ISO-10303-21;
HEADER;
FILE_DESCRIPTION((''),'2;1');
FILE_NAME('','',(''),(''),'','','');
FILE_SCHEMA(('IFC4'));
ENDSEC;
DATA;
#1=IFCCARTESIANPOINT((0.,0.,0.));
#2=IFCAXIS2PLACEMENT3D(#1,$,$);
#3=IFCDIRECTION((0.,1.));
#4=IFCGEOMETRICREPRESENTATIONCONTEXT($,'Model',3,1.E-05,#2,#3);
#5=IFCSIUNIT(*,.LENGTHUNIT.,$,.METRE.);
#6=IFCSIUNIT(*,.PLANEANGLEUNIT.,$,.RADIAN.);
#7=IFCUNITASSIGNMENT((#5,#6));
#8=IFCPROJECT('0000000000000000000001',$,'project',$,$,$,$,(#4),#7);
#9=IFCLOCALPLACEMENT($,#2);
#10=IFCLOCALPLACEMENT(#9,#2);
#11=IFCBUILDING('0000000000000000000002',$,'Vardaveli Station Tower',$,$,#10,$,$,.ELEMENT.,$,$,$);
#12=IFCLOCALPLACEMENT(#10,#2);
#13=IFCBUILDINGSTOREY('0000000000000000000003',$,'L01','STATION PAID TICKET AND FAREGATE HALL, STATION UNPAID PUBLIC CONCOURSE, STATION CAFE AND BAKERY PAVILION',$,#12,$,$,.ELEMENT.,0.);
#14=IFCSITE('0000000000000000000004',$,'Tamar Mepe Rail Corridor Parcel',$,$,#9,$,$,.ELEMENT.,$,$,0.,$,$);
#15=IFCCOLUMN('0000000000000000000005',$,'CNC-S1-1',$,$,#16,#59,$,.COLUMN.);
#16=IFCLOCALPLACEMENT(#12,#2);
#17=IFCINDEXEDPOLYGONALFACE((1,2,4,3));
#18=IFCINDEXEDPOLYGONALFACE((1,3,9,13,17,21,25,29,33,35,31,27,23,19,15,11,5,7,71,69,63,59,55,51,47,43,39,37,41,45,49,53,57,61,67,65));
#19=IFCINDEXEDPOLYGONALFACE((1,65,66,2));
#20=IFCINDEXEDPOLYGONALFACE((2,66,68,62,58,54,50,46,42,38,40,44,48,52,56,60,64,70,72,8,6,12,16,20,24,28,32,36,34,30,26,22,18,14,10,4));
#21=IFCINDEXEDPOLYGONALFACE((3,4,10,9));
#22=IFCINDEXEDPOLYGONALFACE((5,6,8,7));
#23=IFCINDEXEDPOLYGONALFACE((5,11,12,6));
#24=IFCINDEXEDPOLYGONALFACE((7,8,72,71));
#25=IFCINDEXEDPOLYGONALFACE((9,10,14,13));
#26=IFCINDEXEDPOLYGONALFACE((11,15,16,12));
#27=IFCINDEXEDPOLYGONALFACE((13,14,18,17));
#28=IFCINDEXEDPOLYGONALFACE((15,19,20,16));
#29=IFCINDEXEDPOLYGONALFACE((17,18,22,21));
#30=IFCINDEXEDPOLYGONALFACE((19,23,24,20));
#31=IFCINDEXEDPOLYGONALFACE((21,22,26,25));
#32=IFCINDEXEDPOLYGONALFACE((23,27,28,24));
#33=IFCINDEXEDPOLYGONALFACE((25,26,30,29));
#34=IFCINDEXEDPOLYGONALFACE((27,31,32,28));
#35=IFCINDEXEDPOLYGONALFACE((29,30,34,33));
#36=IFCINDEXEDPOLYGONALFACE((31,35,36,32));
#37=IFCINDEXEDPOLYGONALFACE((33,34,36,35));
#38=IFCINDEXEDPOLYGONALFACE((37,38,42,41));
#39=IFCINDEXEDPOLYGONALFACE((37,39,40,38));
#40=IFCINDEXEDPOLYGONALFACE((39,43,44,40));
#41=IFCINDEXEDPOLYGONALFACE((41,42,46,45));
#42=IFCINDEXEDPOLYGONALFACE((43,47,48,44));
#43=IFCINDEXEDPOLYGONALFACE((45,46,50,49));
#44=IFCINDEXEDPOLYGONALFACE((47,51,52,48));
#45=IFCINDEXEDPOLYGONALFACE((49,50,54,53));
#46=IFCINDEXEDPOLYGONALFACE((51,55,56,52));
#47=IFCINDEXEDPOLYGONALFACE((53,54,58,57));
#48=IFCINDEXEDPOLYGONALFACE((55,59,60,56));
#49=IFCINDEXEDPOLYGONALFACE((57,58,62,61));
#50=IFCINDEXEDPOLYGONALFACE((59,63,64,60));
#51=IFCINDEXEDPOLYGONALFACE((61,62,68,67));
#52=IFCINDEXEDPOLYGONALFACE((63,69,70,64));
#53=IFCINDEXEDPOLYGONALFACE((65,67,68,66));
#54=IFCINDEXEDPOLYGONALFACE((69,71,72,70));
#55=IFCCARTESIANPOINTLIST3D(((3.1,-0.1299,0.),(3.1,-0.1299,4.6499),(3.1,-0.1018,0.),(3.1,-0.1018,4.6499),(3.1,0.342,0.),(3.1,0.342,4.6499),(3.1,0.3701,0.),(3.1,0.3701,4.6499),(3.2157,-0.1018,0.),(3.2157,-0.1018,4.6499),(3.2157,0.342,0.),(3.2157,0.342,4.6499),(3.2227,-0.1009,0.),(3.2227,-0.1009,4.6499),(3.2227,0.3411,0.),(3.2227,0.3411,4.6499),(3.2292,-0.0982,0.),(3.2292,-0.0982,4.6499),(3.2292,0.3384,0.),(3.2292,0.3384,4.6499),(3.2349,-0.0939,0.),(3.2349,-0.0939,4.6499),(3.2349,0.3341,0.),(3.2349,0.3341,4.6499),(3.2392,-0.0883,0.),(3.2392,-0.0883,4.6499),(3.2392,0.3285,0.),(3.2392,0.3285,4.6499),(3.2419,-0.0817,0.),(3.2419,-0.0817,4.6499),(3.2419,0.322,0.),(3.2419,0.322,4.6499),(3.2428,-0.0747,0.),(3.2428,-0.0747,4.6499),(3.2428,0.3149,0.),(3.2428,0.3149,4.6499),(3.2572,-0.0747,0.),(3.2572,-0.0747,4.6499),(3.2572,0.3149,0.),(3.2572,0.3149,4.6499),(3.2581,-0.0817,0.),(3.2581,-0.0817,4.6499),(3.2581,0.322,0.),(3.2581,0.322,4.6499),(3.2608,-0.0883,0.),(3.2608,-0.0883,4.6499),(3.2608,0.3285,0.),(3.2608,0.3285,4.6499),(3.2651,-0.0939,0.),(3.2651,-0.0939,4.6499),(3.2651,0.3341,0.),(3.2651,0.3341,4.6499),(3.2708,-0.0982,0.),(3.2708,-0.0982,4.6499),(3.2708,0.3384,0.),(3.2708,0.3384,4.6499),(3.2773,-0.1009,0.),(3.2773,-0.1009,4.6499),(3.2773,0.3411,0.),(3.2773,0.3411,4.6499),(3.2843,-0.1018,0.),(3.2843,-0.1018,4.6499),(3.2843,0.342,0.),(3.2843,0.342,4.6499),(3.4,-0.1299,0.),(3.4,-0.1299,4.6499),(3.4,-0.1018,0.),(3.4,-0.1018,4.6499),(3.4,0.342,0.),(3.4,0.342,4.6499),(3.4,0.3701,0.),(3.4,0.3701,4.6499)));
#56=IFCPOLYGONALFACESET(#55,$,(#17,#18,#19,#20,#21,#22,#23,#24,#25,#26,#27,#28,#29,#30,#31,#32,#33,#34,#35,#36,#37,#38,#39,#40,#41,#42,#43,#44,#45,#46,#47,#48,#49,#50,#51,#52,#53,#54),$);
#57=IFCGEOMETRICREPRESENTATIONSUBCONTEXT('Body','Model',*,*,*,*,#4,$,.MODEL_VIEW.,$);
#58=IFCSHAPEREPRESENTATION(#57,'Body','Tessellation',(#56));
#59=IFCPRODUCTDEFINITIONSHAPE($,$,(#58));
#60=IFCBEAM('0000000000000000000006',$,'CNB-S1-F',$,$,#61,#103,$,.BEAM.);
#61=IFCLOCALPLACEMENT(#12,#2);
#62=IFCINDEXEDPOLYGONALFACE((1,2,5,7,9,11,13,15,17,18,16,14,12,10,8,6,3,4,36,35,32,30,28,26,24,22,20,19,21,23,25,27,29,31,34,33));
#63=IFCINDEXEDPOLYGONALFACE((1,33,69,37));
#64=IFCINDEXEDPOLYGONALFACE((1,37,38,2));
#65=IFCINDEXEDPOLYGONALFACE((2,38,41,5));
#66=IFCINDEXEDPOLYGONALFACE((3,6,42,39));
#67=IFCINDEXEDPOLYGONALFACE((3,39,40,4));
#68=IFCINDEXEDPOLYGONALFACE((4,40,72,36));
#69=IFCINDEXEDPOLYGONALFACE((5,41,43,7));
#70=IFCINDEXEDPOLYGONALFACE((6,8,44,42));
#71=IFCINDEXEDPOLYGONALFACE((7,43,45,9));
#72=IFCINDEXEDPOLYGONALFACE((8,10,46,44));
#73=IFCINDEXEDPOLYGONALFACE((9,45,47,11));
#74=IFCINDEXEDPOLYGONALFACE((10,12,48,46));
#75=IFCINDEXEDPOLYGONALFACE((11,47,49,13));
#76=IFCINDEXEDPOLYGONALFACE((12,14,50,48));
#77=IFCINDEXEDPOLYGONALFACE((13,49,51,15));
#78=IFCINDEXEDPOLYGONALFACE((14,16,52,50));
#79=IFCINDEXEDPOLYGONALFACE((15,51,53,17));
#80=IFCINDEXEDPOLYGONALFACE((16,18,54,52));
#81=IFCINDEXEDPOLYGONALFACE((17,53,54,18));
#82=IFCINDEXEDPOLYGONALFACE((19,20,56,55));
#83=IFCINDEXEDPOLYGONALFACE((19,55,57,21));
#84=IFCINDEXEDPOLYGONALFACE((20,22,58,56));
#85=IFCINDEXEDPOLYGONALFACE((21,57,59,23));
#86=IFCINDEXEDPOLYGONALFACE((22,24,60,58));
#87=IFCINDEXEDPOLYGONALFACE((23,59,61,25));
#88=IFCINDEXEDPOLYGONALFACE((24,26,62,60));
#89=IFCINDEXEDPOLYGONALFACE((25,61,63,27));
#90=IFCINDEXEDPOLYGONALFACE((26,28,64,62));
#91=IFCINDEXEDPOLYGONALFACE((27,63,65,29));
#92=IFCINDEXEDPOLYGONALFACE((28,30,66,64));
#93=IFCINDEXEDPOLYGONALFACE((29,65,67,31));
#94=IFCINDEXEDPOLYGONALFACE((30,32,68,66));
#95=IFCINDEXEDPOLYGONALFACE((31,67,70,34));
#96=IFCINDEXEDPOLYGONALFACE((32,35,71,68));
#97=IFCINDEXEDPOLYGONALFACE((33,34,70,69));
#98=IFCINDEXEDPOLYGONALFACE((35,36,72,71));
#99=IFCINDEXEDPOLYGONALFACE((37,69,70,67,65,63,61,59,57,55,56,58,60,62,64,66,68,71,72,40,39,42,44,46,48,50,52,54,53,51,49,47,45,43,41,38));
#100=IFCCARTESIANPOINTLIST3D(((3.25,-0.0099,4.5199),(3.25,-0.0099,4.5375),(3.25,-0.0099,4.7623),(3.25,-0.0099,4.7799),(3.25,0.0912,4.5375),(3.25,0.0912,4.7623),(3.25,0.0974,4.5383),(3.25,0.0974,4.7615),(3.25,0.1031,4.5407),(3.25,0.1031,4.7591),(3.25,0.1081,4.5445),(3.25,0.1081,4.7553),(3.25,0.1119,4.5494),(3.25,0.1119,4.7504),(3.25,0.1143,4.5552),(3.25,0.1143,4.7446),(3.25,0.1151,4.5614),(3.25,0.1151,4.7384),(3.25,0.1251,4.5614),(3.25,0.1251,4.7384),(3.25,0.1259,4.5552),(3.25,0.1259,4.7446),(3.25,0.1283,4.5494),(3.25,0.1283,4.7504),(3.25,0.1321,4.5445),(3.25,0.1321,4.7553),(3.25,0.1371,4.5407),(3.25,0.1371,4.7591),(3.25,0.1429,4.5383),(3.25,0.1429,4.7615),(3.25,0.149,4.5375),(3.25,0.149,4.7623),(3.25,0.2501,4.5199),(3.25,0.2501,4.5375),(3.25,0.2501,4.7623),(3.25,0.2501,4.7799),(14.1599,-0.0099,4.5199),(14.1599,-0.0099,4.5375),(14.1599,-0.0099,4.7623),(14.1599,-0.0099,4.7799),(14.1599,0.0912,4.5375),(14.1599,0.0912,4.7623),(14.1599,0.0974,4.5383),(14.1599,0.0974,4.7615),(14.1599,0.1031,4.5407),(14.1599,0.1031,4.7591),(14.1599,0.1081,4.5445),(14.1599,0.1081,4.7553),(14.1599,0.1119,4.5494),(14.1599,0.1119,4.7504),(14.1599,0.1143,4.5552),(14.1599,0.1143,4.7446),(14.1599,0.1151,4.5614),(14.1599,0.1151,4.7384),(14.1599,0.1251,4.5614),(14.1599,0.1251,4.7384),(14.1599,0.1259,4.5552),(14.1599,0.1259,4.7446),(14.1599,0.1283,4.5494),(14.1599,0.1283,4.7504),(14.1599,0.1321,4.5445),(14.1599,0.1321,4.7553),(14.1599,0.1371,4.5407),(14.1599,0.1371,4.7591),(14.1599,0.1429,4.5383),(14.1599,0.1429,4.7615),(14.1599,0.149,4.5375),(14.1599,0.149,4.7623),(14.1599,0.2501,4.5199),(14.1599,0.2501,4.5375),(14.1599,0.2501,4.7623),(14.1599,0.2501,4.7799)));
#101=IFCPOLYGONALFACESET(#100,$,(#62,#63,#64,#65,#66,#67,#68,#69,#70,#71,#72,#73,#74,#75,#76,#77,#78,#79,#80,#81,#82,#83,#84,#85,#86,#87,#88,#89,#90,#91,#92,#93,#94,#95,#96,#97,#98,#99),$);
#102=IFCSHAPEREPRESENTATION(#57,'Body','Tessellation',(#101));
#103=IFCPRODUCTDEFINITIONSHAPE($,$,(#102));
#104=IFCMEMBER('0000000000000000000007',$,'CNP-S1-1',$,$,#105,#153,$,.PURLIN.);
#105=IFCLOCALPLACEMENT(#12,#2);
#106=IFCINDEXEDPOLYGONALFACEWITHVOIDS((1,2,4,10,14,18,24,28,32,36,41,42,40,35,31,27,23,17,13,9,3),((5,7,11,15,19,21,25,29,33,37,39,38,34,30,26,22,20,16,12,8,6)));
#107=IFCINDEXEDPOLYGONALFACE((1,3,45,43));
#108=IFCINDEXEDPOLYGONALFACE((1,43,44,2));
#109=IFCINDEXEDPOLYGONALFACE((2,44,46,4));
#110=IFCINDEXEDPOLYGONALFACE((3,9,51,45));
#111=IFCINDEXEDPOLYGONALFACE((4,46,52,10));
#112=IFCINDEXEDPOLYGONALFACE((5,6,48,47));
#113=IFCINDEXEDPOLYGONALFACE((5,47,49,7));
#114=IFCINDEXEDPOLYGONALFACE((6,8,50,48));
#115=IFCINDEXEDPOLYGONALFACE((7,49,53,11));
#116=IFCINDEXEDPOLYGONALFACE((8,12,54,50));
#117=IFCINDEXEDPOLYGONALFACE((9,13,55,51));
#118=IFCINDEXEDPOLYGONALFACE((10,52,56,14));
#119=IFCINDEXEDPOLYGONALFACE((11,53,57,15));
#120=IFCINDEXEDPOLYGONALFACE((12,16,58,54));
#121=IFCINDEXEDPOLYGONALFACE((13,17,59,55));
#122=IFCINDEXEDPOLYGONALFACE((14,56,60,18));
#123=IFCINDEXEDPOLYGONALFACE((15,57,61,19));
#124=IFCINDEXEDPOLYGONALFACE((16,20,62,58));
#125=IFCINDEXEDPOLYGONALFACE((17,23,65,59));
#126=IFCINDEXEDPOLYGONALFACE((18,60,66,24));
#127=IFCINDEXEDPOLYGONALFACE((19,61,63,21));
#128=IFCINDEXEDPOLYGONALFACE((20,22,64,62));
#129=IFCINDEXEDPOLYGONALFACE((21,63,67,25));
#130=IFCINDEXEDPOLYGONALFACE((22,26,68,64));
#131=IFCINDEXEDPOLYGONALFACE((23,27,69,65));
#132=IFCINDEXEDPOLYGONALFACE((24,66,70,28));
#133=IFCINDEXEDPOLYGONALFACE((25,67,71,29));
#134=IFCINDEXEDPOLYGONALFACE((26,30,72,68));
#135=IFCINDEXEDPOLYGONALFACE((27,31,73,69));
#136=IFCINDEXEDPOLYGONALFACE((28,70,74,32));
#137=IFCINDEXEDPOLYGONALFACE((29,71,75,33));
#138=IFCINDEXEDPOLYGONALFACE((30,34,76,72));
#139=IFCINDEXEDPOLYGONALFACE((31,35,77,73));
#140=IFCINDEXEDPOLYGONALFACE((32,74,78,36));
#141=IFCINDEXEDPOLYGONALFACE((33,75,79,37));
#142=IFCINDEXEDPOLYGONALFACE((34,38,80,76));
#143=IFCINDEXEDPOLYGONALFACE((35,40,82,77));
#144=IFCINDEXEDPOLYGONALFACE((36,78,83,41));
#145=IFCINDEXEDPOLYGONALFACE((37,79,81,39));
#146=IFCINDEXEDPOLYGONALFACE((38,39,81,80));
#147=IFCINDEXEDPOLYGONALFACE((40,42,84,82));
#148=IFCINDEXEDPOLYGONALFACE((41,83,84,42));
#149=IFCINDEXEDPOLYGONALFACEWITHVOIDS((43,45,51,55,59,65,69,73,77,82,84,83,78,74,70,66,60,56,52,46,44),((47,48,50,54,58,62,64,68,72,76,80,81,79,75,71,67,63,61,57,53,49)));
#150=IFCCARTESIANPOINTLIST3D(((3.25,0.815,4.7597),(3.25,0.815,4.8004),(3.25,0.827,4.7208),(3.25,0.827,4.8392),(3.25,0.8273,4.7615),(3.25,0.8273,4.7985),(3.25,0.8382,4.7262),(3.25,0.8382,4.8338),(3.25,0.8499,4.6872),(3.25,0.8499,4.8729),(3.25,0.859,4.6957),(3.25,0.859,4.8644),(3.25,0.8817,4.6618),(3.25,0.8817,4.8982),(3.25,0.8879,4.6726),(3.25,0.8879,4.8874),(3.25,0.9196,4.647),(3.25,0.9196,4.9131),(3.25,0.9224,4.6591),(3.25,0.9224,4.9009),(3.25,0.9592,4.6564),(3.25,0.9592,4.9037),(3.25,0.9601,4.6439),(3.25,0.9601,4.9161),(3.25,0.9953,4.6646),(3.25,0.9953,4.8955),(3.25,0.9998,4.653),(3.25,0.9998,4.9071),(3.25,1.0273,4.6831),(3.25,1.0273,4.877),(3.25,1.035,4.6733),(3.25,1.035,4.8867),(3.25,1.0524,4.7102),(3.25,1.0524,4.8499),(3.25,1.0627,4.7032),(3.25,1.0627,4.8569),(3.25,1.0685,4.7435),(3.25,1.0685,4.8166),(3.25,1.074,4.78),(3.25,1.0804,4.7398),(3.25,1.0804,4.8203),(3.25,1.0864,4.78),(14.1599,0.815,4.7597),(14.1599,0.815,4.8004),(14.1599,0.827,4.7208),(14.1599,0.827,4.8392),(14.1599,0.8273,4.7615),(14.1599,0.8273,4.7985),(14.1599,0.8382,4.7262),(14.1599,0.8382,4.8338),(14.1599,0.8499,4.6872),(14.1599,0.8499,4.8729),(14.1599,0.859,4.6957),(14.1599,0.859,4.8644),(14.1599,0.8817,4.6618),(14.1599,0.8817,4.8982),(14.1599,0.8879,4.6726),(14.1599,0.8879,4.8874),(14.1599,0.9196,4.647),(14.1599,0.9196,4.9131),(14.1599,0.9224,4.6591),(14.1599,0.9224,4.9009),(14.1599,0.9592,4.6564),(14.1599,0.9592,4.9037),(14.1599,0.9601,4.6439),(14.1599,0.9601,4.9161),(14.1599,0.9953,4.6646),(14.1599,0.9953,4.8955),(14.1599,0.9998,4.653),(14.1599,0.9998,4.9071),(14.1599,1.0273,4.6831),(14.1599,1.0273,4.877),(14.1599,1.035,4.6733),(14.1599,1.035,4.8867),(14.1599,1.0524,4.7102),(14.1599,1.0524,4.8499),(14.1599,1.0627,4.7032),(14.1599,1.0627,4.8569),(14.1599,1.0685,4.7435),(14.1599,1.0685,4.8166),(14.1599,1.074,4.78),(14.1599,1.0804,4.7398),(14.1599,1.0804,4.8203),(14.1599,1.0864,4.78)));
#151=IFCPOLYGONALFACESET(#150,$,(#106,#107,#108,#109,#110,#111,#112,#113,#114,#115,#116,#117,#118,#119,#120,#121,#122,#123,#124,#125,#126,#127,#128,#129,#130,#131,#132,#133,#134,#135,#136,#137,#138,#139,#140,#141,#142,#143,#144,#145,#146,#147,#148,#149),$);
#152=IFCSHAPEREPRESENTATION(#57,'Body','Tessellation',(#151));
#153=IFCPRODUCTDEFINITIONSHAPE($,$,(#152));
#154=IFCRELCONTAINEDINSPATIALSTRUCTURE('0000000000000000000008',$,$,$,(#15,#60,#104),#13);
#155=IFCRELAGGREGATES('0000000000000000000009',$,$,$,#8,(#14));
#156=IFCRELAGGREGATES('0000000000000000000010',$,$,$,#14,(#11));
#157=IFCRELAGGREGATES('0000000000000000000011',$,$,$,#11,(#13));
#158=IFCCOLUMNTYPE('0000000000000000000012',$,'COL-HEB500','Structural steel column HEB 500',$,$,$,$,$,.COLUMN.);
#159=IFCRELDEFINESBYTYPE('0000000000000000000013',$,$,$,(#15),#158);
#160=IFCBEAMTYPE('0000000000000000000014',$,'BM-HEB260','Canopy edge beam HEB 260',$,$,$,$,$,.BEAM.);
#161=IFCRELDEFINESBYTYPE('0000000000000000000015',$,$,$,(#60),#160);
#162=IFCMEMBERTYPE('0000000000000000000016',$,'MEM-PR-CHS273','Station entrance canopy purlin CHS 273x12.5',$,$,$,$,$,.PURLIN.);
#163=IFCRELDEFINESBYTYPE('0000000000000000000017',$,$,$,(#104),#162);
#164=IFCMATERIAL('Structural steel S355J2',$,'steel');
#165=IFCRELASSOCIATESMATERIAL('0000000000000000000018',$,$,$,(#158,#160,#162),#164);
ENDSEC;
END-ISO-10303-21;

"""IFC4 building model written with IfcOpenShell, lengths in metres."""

from ifc_helpers import new_model, si_unit, direction, frame, origin, origin_2d, place, context, subcontext, project, spatial, hollow_circle, i_section, extrude, source, transform, mapped, material, material_profile, profile_set, type_object, element, save


model = new_model("IFC4")

# Units and contexts
model_context = context("Model", 3, precision=1e-05, world=origin(), true_north=direction((0.0, 1.0)))
body_context = subcontext(model_context, "Body", "Model", "MODEL_VIEW")
ifc_project = project(units=[si_unit("LENGTHUNIT", "METRE"), si_unit("PLANEANGLEUNIT", "RADIAN")], contexts=[model_context])

# Site, building, storey
site_placement = place(None, origin())
site = spatial("IfcSite", under=ifc_project, at=site_placement, Name="Tamar Mepe Rail Corridor Parcel", CompositionType="ELEMENT", RefElevation=0.0)
building_placement = place(site_placement, origin())
building = spatial("IfcBuilding", under=site, at=building_placement, Name="Vardaveli Station Tower", CompositionType="ELEMENT")
storey_placement = place(building_placement, origin())
storey = spatial("IfcBuildingStorey", under=building, at=storey_placement, Name="L01", Description="STATION PAID TICKET AND FAREGATE HALL, STATION UNPAID PUBLIC CONCOURSE, STATION CAFE AND BAKERY PAVILION", CompositionType="ELEMENT", Elevation=0.0)

# Column
ifc_material_1 = material(Name="Structural steel S355J2", Category="steel")
ifc_material_profile_1 = material_profile(ifc_material_1, i_section(OverallWidth=0.3, OverallDepth=0.5, WebThickness=0.0144, FlangeThickness=0.0281, FilletRadius=0.0271, at=origin_2d()), Name="HEB 500")
ifc_profile_set_1 = profile_set([ifc_material_profile_1], Name="Structural steel S355J2")
column_type = type_object("IfcColumnType", Name="COL-HEB500", Description="Structural steel column HEB 500", PredefinedType="COLUMN", material=ifc_profile_set_1)
shared_shape_1 = source(origin(), body_context, "Body", "SweptSolid", [
    extrude(i_section(OverallWidth=0.3, OverallDepth=0.5, WebThickness=0.0144, FlangeThickness=0.0281, FilletRadius=0.0271, at=origin_2d()), origin(), (0.0, 0.0, 1.0), 4.6499),
])
column_placement = place(storey_placement, frame((3.25, 0.1201, 0.0), z_axis=(0.0, 0.0, 1.0), x_axis=(1.0, 0.0, 0.0)))
element("IfcColumn", 1, at=column_placement, inside=storey, type_object=column_type, Name="CNC-S1-1", PredefinedType="COLUMN", context=body_context, shape_type="MappedRepresentation", body=[
    mapped(shared_shape_1, transform((0.0, 0.0, 0.0), scale=1.0)),
])

# Beam
ifc_material_profile_2 = material_profile(ifc_material_1, i_section(OverallWidth=0.26, OverallDepth=0.26, WebThickness=0.01, FlangeThickness=0.0176, FilletRadius=0.0239, at=origin_2d()), Name="HEB 260")
ifc_profile_set_2 = profile_set([ifc_material_profile_2], Name="Structural steel S355J2")
beam_type = type_object("IfcBeamType", Name="BM-HEB260", Description="Canopy edge beam HEB 260", PredefinedType="BEAM", material=ifc_profile_set_2)
shared_shape_2 = source(origin(), body_context, "Body", "SweptSolid", [
    extrude(i_section(OverallWidth=0.26, OverallDepth=0.26, WebThickness=0.01, FlangeThickness=0.0176, FilletRadius=0.0239, at=origin_2d()), origin(), (0.0, 0.0, 1.0), 10.9099),
])
beam_placement = place(storey_placement, frame((3.25, 0.1201, 4.6499), z_axis=(1.0, 0.0, 0.0), x_axis=(0.0, 1.0, 0.0)))
element("IfcBeam", 2, at=beam_placement, inside=storey, type_object=beam_type, Name="CNB-S1-F", PredefinedType="BEAM", context=body_context, shape_type="MappedRepresentation", body=[
    mapped(shared_shape_2, transform((0.0, 0.0, 0.0), scale=1.0)),
])

# Member
ifc_material_profile_3 = material_profile(ifc_material_1, hollow_circle(Radius=0.1365, WallThickness=0.0125, at=origin_2d()), Name="CHS 273x12.5")
ifc_profile_set_3 = profile_set([ifc_material_profile_3], Name="Structural steel S355J2")
member_type = type_object("IfcMemberType", Name="MEM-PR-CHS273", Description="Station entrance canopy purlin CHS 273x12.5", PredefinedType="PURLIN", material=ifc_profile_set_3)
shared_shape_3 = source(origin(), body_context, "Body", "SweptSolid", [
    extrude(hollow_circle(Radius=0.1365, WallThickness=0.0125, at=origin_2d()), origin(), (0.0, 0.0, 1.0), 10.9099),
])
for number, where, z_axis, x_axis, name in (
    (3, (3.25, 0.95, 4.78), (1.0, 0.0, 0.0), (0.0, 1.0, 0.0), "CNP-S1-1"),
):
    element("IfcMember", number, at=place(storey_placement, frame(where, z_axis=z_axis, x_axis=x_axis)), inside=storey, type_object=member_type, Name=name, PredefinedType="PURLIN", context=body_context, shape_type="MappedRepresentation", body=[
        mapped(shared_shape_3, transform((0.0, 0.0, 0.0), scale=1.0)),
    ])

save(model, "model.ifc")
